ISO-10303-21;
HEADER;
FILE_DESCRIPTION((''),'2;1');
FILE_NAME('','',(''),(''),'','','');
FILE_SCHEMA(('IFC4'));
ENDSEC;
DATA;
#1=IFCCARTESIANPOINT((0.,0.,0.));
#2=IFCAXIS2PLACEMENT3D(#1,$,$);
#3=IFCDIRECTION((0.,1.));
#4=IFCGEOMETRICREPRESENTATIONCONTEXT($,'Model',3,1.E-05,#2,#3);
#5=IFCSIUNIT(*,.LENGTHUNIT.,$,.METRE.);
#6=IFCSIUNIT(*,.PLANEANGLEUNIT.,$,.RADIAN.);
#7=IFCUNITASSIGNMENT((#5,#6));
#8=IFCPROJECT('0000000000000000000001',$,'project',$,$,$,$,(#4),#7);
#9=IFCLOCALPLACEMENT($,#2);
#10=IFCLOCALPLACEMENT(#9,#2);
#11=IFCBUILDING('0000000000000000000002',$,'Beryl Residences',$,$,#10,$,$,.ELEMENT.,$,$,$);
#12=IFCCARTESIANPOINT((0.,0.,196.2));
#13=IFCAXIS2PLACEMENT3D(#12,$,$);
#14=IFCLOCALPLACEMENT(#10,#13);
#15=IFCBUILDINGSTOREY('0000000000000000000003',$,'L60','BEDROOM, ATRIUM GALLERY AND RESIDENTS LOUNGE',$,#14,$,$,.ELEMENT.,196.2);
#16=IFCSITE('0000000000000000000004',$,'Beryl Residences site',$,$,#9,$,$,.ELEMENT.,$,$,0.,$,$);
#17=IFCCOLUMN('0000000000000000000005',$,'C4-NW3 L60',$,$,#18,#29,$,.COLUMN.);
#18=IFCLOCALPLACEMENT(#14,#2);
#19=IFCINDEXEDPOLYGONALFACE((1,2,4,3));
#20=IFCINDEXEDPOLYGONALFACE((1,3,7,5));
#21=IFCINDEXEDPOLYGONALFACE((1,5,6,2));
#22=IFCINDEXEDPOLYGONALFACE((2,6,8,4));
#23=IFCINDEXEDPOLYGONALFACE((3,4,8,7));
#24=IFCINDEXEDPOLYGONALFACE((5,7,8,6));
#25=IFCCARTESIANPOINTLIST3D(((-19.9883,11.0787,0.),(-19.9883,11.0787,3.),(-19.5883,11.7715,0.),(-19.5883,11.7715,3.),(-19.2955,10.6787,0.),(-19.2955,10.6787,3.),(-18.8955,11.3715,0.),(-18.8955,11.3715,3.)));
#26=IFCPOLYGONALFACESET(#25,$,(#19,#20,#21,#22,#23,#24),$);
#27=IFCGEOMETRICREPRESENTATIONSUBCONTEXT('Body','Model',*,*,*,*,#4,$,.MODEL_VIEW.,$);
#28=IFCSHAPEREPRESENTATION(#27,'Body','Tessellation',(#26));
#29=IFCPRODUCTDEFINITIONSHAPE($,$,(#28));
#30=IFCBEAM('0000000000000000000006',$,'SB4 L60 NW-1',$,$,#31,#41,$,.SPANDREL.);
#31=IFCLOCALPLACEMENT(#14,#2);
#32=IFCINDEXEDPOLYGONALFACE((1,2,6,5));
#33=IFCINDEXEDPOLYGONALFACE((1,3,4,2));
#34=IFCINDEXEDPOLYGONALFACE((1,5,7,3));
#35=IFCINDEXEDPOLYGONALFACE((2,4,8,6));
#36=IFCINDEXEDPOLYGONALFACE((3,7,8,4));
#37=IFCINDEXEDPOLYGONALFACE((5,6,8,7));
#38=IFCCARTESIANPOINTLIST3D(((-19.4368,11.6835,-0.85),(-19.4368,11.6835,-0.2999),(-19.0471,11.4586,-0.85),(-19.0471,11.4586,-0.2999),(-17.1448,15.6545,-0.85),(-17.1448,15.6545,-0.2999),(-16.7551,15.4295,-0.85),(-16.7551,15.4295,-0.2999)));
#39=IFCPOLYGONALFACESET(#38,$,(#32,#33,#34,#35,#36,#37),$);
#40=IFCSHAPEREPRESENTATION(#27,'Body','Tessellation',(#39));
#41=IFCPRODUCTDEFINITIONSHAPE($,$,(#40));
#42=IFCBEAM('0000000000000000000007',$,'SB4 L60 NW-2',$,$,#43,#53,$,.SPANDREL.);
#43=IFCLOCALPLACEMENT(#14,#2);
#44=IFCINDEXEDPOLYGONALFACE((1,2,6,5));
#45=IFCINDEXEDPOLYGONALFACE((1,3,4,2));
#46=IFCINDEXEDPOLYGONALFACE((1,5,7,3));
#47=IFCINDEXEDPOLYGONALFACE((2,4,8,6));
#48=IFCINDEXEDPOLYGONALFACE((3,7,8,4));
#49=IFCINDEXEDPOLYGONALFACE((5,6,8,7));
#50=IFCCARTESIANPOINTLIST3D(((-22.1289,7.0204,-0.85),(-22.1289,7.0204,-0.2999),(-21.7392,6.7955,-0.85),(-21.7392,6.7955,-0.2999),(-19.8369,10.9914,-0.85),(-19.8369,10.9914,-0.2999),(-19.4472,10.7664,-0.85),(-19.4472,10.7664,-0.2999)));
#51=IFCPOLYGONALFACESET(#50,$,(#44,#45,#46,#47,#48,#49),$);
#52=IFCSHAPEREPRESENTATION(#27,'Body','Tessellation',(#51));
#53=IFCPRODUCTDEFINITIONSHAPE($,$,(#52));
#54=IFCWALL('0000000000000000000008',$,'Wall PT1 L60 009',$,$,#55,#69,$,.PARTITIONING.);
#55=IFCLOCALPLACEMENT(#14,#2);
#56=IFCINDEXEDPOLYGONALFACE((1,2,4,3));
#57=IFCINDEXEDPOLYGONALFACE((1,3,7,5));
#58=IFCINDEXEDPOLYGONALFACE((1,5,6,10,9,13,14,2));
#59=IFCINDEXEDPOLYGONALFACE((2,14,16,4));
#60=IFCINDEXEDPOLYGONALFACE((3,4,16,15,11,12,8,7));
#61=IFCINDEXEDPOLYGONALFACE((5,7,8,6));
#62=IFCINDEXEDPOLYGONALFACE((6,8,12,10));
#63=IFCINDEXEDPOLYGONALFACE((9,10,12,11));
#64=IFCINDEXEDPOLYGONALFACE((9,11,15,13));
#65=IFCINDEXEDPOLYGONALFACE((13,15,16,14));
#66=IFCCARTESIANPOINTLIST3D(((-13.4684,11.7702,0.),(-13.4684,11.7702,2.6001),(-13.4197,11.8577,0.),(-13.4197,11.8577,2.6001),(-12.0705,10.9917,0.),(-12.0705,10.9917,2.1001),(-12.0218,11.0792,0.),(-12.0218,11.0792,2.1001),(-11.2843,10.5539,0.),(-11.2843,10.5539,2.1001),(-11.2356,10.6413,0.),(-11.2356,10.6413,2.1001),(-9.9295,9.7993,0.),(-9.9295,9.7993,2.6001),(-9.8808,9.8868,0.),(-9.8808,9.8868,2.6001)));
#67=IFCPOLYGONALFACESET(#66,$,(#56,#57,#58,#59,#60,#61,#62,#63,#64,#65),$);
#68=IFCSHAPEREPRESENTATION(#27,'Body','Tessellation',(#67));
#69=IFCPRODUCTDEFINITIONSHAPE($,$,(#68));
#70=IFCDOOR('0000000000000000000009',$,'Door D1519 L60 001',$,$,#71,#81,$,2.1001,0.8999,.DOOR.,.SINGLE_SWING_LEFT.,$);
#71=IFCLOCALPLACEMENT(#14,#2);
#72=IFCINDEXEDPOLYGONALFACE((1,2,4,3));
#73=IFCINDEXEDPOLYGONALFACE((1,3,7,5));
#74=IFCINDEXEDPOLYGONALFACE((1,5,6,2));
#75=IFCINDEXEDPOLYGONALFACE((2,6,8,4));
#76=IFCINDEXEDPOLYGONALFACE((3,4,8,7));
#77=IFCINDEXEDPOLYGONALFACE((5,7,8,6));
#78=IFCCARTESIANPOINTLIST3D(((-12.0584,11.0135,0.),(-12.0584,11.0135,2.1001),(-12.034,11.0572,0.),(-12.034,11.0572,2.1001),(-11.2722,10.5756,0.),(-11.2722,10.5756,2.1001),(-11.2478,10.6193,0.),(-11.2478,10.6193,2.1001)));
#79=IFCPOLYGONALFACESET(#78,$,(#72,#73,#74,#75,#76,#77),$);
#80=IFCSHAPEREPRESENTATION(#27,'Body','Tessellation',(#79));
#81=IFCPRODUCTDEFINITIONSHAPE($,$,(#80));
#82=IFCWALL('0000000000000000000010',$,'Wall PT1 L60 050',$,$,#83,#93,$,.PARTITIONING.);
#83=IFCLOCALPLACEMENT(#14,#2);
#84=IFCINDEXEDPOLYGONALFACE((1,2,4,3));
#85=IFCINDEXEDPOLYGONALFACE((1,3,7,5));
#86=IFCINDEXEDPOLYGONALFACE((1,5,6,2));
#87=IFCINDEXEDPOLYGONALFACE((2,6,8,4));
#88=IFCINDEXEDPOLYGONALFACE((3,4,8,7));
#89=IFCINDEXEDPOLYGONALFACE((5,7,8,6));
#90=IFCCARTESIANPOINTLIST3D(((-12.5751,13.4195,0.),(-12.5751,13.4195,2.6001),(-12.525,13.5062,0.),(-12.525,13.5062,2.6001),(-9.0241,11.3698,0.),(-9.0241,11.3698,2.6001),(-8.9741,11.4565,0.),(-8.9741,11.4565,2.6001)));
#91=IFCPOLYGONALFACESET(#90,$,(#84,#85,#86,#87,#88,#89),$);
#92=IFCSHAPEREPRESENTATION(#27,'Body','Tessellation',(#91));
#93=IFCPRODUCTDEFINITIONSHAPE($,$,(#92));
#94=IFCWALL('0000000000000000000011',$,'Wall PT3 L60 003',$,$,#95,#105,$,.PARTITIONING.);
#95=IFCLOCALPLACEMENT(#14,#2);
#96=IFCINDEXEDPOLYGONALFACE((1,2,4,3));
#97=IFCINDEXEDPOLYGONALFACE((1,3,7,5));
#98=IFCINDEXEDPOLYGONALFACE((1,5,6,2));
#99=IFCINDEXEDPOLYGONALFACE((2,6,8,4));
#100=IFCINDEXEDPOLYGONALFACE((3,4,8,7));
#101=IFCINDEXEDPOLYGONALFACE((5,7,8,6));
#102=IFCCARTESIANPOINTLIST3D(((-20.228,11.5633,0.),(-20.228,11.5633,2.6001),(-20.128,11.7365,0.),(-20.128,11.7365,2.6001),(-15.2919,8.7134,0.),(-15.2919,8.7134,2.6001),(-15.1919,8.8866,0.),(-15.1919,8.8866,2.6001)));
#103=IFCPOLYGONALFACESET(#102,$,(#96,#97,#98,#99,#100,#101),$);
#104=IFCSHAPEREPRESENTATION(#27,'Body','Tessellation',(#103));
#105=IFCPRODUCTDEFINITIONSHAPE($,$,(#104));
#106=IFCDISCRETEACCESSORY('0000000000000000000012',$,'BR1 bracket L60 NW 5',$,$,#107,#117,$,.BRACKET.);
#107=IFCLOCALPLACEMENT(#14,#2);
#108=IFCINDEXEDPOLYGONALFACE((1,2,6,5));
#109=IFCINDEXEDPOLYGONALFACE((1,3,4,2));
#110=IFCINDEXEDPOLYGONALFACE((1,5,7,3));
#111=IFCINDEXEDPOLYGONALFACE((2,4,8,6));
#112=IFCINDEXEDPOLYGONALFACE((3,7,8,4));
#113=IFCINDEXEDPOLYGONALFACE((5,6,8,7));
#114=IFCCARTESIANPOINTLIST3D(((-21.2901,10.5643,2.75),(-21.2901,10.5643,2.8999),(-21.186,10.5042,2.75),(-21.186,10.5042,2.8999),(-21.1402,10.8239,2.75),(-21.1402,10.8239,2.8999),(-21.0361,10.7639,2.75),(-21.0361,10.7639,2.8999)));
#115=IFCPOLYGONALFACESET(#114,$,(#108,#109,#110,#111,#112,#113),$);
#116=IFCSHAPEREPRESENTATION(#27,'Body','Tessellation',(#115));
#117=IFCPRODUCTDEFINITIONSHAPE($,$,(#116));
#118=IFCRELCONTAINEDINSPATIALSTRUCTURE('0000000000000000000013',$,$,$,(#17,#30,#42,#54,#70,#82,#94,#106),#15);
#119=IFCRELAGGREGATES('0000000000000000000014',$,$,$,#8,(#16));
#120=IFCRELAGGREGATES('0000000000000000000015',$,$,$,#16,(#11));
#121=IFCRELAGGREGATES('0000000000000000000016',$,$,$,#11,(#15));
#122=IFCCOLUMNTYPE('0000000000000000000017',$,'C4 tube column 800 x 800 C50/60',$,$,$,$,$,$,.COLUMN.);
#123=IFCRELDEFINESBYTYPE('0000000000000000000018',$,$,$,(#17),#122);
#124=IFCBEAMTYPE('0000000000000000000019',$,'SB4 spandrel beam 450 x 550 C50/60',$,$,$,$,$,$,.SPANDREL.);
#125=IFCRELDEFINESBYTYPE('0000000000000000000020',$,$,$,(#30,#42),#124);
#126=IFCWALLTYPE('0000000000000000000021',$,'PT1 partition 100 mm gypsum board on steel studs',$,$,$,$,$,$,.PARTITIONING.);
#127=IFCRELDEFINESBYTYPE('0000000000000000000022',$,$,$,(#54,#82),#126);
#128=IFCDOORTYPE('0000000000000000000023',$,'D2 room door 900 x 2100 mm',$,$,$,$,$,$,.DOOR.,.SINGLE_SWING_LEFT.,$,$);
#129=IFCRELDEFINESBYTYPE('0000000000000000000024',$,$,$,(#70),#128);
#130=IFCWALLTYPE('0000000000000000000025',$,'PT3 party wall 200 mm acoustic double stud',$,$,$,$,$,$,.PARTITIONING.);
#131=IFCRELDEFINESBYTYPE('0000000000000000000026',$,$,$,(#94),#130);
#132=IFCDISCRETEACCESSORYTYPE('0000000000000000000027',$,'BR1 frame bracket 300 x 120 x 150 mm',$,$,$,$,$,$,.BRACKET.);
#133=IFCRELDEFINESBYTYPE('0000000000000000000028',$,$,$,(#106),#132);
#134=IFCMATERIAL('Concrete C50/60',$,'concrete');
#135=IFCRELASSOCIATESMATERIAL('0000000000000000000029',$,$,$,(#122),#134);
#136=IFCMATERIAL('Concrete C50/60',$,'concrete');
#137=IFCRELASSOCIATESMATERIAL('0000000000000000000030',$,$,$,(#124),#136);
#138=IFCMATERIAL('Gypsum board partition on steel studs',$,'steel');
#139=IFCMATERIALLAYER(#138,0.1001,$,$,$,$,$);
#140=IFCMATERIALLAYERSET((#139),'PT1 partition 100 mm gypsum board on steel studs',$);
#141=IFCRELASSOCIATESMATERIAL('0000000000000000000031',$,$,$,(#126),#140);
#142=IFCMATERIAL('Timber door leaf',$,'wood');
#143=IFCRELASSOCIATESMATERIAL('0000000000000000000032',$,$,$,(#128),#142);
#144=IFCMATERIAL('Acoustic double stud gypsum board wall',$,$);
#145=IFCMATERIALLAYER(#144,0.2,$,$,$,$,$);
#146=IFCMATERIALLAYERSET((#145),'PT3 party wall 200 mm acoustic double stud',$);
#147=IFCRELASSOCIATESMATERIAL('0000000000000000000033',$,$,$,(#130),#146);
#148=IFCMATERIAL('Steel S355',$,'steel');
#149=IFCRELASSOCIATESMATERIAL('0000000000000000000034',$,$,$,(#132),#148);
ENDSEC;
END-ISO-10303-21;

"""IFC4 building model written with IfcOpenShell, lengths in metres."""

from ifc_helpers import new_model, si_unit, direction, frame, frame_2d, origin, origin_2d, place, context, subcontext, project, spatial, polyline, rectangle, outline, extrude, source, transform, mapped, material, layer, layer_set, material_profile, profile_set, type_object, type_shapes, element, fill, save


model = new_model("IFC4")

# Units and contexts
model_context = context("Model", 3, precision=1e-05, world=origin(), true_north=direction((0.0, 1.0)))
body_context = subcontext(model_context, "Body", "Model", "MODEL_VIEW")
ifc_project = project(units=[si_unit("LENGTHUNIT", "METRE"), si_unit("PLANEANGLEUNIT", "RADIAN")], contexts=[model_context])

# Site, building, storey
site_placement = place(None, origin())
site = spatial("IfcSite", under=ifc_project, at=site_placement, Name="Beryl Residences site", CompositionType="ELEMENT", RefElevation=0.0)
building_placement = place(site_placement, origin())
building = spatial("IfcBuilding", under=site, at=building_placement, Name="Beryl Residences", CompositionType="ELEMENT")
storey_placement = place(building_placement, frame((0.0, 0.0, 196.2)))
storey = spatial("IfcBuildingStorey", under=building, at=storey_placement, Name="L60", Description="BEDROOM, ATRIUM GALLERY AND RESIDENTS LOUNGE", CompositionType="ELEMENT", Elevation=196.2)

# Column
ifc_material_1 = material(Name="Concrete C50/60", Category="concrete")
ifc_material_profile_1 = material_profile(ifc_material_1, rectangle(XDim=0.8, YDim=0.8, at=origin_2d()))
ifc_profile_set_1 = profile_set([ifc_material_profile_1], Name="Concrete C50/60")
column_type = type_object("IfcColumnType", Name="C4 tube column 800 x 800 C50/60", PredefinedType="COLUMN", material=ifc_profile_set_1)
column_placement = place(storey_placement, frame((-19.4419, 11.2251, 0.0), z_axis=(0.0, 0.0, 1.0), x_axis=(-0.5, -0.866025, 0.0)))
element("IfcColumn", 1, at=column_placement, inside=storey, type_object=column_type, Name="C4-NW3 L60", PredefinedType="COLUMN", context=body_context, shape_type="SweptSolid", body=[
    extrude(rectangle(XDim=0.8, YDim=0.8, at=origin_2d()), origin(), (0.0, 0.0, 1.0), 3.0),
])

# Beams
ifc_material_2 = material(Name="Concrete C50/60", Category="concrete")
ifc_material_profile_2 = material_profile(ifc_material_2, rectangle(XDim=0.45, YDim=0.55, at=origin_2d()))
ifc_profile_set_2 = profile_set([ifc_material_profile_2], Name="Concrete C50/60")
beam_type = type_object("IfcBeamType", Name="SB4 spandrel beam 450 x 550 C50/60", PredefinedType="SPANDREL", material=ifc_profile_set_2)
for number, where, z_axis, x_axis, name in (
    (2, (-16.95, 15.542, -0.575), (-0.499896, -0.866085, 0.0), (0.866085, -0.499896, 0.0), "SB4 L60 NW-1"),
    (3, (-19.6421, 10.8789, -0.575), (-0.499896, -0.866085, 0.0), (0.866085, -0.499896, 0.0), "SB4 L60 NW-2"),
):
    element("IfcBeam", number, at=place(storey_placement, frame(where, z_axis=z_axis, x_axis=x_axis)), inside=storey, type_object=beam_type, Name=name, PredefinedType="SPANDREL", context=body_context, shape_type="SweptSolid", body=[
        extrude(rectangle(XDim=0.45, YDim=0.55, at=origin_2d()), origin(), (0.0, 0.0, 1.0), 4.585),
    ])

# Wall, opening, door
ifc_material_3 = material(Name="Gypsum board partition on steel studs", Category="steel")
ifc_layer_1 = layer(ifc_material_3, 0.1001)
ifc_layer_set_1 = layer_set([ifc_layer_1], Name="PT1 partition 100 mm gypsum board on steel studs")
wall_type_1 = type_object("IfcWallType", Name="PT1 partition 100 mm gypsum board on steel studs", PredefinedType="PARTITIONING", material=ifc_layer_set_1)
wall_1_placement = place(storey_placement, frame((-13.4441, 11.814, 0.0), z_axis=(0.0, 0.0, 1.0), x_axis=(0.873654, -0.486548, 0.0)))
wall_1 = element("IfcWall", 4, at=wall_1_placement, inside=storey, type_object=wall_type_1, Name="Wall PT1 L60 009", PredefinedType="PARTITIONING", context=body_context, shape_type="SweptSolid", body=[
    extrude(rectangle(XDim=4.0508, YDim=0.1001, at=frame_2d((2.0254, 0.0))), origin(), (0.0, 0.0, 1.0), 2.6001),
])
opening_placement = place(wall_1_placement, frame((1.6001, 0.0, 0.0)))
opening = element("IfcOpeningElement", 5, at=opening_placement, cuts=wall_1, PredefinedType="OPENING", context=body_context, shape_type="SweptSolid", body=[
    extrude(rectangle(XDim=0.8999, YDim=2.1001, at=frame_2d((0.45, 1.05))), frame((0.0, 0.0601, 0.0), z_axis=(0.0, -1.0, 0.0), x_axis=(1.0, 0.0, 0.0)), (0.0, 0.0, 1.0), 0.1201),
])
ifc_material_4 = material(Name="Timber door leaf", Category="wood")
door_type = type_object("IfcDoorType", Name="D2 room door 900 x 2100 mm", OperationType="SINGLE_SWING_LEFT", PredefinedType="DOOR", material=ifc_material_4)
door_placement = place(opening_placement, origin())
door = element("IfcDoor", 6, at=door_placement, inside=storey, type_object=door_type, Name="Door D1519 L60 001", OperationType="SINGLE_SWING_LEFT", OverallHeight=2.1001, OverallWidth=0.8999, PredefinedType="DOOR", context=body_context, shape_type="SweptSolid", body=[
    extrude(rectangle(XDim=0.8999, YDim=2.1001, at=frame_2d((0.45, 1.05))), frame((0.0, 0.0249, 0.0), z_axis=(0.0, -1.0, 0.0), x_axis=(1.0, 0.0, 0.0)), (0.0, 0.0, 1.0), 0.05),
])
fill(opening, door)

# Walls
wall_2_placement = place(storey_placement, frame((-12.55, 13.4629, 0.0), z_axis=(0.0, 0.0, 1.0), x_axis=(0.866066, -0.49993, 0.0)))
element("IfcWall", 7, at=wall_2_placement, inside=storey, type_object=wall_type_1, Name="Wall PT1 L60 050", PredefinedType="PARTITIONING", context=body_context, shape_type="SweptSolid", body=[
    extrude(rectangle(XDim=4.1001, YDim=0.1001, at=frame_2d((2.05, 0.0))), origin(), (0.0, 0.0, 1.0), 2.6001),
])
ifc_material_5 = material(Name="Acoustic double stud gypsum board wall")
ifc_layer_2 = layer(ifc_material_5, 0.2)
ifc_layer_set_2 = layer_set([ifc_layer_2], Name="PT3 party wall 200 mm acoustic double stud")
wall_type_2 = type_object("IfcWallType", Name="PT3 party wall 200 mm acoustic double stud", PredefinedType="PARTITIONING", material=ifc_layer_set_2)
wall_3_placement = place(storey_placement, frame((-20.178, 11.6499, 0.0), z_axis=(0.0, 0.0, 1.0), x_axis=(0.866023, -0.500004, 0.0)))
element("IfcWall", 8, at=wall_3_placement, inside=storey, type_object=wall_type_2, Name="Wall PT3 L60 003", PredefinedType="PARTITIONING", context=body_context, shape_type="SweptSolid", body=[
    extrude(rectangle(XDim=5.6997, YDim=0.2, at=frame_2d((2.8499, 0.0))), origin(), (0.0, 0.0, 1.0), 2.6001),
])

# Discrete accessory
ifc_material_6 = material(Name="Steel S355", Category="steel")
discrete_accessory_type = type_object("IfcDiscreteAccessoryType", Name="BR1 frame bracket 300 x 120 x 150 mm", PredefinedType="BRACKET", material=ifc_material_6)
shared_shape_1 = source(origin(), body_context, "Body", "SweptSolid", [
    extrude(outline(polyline([(-0.1499, 0.0), (0.1499, 0.0), (0.1499, 0.1201), (-0.1499, 0.1201), (-0.1499, 0.0)])), origin(), (0.0, 0.0, 1.0), 0.1499),
])
type_shapes(discrete_accessory_type, [shared_shape_1])
discrete_accessory_placement = place(storey_placement, frame((-21.1111, 10.634, 2.75), z_axis=(0.0, 0.0, 1.0), x_axis=(0.5, 0.866025, 0.0)))
element("IfcDiscreteAccessory", 9, at=discrete_accessory_placement, inside=storey, type_object=discrete_accessory_type, Name="BR1 bracket L60 NW 5", PredefinedType="BRACKET", context=body_context, shape_type="MappedRepresentation", body=[
    mapped(shared_shape_1, transform((0.0, 0.0, 0.0))),
])

save(model, "model.ifc")
